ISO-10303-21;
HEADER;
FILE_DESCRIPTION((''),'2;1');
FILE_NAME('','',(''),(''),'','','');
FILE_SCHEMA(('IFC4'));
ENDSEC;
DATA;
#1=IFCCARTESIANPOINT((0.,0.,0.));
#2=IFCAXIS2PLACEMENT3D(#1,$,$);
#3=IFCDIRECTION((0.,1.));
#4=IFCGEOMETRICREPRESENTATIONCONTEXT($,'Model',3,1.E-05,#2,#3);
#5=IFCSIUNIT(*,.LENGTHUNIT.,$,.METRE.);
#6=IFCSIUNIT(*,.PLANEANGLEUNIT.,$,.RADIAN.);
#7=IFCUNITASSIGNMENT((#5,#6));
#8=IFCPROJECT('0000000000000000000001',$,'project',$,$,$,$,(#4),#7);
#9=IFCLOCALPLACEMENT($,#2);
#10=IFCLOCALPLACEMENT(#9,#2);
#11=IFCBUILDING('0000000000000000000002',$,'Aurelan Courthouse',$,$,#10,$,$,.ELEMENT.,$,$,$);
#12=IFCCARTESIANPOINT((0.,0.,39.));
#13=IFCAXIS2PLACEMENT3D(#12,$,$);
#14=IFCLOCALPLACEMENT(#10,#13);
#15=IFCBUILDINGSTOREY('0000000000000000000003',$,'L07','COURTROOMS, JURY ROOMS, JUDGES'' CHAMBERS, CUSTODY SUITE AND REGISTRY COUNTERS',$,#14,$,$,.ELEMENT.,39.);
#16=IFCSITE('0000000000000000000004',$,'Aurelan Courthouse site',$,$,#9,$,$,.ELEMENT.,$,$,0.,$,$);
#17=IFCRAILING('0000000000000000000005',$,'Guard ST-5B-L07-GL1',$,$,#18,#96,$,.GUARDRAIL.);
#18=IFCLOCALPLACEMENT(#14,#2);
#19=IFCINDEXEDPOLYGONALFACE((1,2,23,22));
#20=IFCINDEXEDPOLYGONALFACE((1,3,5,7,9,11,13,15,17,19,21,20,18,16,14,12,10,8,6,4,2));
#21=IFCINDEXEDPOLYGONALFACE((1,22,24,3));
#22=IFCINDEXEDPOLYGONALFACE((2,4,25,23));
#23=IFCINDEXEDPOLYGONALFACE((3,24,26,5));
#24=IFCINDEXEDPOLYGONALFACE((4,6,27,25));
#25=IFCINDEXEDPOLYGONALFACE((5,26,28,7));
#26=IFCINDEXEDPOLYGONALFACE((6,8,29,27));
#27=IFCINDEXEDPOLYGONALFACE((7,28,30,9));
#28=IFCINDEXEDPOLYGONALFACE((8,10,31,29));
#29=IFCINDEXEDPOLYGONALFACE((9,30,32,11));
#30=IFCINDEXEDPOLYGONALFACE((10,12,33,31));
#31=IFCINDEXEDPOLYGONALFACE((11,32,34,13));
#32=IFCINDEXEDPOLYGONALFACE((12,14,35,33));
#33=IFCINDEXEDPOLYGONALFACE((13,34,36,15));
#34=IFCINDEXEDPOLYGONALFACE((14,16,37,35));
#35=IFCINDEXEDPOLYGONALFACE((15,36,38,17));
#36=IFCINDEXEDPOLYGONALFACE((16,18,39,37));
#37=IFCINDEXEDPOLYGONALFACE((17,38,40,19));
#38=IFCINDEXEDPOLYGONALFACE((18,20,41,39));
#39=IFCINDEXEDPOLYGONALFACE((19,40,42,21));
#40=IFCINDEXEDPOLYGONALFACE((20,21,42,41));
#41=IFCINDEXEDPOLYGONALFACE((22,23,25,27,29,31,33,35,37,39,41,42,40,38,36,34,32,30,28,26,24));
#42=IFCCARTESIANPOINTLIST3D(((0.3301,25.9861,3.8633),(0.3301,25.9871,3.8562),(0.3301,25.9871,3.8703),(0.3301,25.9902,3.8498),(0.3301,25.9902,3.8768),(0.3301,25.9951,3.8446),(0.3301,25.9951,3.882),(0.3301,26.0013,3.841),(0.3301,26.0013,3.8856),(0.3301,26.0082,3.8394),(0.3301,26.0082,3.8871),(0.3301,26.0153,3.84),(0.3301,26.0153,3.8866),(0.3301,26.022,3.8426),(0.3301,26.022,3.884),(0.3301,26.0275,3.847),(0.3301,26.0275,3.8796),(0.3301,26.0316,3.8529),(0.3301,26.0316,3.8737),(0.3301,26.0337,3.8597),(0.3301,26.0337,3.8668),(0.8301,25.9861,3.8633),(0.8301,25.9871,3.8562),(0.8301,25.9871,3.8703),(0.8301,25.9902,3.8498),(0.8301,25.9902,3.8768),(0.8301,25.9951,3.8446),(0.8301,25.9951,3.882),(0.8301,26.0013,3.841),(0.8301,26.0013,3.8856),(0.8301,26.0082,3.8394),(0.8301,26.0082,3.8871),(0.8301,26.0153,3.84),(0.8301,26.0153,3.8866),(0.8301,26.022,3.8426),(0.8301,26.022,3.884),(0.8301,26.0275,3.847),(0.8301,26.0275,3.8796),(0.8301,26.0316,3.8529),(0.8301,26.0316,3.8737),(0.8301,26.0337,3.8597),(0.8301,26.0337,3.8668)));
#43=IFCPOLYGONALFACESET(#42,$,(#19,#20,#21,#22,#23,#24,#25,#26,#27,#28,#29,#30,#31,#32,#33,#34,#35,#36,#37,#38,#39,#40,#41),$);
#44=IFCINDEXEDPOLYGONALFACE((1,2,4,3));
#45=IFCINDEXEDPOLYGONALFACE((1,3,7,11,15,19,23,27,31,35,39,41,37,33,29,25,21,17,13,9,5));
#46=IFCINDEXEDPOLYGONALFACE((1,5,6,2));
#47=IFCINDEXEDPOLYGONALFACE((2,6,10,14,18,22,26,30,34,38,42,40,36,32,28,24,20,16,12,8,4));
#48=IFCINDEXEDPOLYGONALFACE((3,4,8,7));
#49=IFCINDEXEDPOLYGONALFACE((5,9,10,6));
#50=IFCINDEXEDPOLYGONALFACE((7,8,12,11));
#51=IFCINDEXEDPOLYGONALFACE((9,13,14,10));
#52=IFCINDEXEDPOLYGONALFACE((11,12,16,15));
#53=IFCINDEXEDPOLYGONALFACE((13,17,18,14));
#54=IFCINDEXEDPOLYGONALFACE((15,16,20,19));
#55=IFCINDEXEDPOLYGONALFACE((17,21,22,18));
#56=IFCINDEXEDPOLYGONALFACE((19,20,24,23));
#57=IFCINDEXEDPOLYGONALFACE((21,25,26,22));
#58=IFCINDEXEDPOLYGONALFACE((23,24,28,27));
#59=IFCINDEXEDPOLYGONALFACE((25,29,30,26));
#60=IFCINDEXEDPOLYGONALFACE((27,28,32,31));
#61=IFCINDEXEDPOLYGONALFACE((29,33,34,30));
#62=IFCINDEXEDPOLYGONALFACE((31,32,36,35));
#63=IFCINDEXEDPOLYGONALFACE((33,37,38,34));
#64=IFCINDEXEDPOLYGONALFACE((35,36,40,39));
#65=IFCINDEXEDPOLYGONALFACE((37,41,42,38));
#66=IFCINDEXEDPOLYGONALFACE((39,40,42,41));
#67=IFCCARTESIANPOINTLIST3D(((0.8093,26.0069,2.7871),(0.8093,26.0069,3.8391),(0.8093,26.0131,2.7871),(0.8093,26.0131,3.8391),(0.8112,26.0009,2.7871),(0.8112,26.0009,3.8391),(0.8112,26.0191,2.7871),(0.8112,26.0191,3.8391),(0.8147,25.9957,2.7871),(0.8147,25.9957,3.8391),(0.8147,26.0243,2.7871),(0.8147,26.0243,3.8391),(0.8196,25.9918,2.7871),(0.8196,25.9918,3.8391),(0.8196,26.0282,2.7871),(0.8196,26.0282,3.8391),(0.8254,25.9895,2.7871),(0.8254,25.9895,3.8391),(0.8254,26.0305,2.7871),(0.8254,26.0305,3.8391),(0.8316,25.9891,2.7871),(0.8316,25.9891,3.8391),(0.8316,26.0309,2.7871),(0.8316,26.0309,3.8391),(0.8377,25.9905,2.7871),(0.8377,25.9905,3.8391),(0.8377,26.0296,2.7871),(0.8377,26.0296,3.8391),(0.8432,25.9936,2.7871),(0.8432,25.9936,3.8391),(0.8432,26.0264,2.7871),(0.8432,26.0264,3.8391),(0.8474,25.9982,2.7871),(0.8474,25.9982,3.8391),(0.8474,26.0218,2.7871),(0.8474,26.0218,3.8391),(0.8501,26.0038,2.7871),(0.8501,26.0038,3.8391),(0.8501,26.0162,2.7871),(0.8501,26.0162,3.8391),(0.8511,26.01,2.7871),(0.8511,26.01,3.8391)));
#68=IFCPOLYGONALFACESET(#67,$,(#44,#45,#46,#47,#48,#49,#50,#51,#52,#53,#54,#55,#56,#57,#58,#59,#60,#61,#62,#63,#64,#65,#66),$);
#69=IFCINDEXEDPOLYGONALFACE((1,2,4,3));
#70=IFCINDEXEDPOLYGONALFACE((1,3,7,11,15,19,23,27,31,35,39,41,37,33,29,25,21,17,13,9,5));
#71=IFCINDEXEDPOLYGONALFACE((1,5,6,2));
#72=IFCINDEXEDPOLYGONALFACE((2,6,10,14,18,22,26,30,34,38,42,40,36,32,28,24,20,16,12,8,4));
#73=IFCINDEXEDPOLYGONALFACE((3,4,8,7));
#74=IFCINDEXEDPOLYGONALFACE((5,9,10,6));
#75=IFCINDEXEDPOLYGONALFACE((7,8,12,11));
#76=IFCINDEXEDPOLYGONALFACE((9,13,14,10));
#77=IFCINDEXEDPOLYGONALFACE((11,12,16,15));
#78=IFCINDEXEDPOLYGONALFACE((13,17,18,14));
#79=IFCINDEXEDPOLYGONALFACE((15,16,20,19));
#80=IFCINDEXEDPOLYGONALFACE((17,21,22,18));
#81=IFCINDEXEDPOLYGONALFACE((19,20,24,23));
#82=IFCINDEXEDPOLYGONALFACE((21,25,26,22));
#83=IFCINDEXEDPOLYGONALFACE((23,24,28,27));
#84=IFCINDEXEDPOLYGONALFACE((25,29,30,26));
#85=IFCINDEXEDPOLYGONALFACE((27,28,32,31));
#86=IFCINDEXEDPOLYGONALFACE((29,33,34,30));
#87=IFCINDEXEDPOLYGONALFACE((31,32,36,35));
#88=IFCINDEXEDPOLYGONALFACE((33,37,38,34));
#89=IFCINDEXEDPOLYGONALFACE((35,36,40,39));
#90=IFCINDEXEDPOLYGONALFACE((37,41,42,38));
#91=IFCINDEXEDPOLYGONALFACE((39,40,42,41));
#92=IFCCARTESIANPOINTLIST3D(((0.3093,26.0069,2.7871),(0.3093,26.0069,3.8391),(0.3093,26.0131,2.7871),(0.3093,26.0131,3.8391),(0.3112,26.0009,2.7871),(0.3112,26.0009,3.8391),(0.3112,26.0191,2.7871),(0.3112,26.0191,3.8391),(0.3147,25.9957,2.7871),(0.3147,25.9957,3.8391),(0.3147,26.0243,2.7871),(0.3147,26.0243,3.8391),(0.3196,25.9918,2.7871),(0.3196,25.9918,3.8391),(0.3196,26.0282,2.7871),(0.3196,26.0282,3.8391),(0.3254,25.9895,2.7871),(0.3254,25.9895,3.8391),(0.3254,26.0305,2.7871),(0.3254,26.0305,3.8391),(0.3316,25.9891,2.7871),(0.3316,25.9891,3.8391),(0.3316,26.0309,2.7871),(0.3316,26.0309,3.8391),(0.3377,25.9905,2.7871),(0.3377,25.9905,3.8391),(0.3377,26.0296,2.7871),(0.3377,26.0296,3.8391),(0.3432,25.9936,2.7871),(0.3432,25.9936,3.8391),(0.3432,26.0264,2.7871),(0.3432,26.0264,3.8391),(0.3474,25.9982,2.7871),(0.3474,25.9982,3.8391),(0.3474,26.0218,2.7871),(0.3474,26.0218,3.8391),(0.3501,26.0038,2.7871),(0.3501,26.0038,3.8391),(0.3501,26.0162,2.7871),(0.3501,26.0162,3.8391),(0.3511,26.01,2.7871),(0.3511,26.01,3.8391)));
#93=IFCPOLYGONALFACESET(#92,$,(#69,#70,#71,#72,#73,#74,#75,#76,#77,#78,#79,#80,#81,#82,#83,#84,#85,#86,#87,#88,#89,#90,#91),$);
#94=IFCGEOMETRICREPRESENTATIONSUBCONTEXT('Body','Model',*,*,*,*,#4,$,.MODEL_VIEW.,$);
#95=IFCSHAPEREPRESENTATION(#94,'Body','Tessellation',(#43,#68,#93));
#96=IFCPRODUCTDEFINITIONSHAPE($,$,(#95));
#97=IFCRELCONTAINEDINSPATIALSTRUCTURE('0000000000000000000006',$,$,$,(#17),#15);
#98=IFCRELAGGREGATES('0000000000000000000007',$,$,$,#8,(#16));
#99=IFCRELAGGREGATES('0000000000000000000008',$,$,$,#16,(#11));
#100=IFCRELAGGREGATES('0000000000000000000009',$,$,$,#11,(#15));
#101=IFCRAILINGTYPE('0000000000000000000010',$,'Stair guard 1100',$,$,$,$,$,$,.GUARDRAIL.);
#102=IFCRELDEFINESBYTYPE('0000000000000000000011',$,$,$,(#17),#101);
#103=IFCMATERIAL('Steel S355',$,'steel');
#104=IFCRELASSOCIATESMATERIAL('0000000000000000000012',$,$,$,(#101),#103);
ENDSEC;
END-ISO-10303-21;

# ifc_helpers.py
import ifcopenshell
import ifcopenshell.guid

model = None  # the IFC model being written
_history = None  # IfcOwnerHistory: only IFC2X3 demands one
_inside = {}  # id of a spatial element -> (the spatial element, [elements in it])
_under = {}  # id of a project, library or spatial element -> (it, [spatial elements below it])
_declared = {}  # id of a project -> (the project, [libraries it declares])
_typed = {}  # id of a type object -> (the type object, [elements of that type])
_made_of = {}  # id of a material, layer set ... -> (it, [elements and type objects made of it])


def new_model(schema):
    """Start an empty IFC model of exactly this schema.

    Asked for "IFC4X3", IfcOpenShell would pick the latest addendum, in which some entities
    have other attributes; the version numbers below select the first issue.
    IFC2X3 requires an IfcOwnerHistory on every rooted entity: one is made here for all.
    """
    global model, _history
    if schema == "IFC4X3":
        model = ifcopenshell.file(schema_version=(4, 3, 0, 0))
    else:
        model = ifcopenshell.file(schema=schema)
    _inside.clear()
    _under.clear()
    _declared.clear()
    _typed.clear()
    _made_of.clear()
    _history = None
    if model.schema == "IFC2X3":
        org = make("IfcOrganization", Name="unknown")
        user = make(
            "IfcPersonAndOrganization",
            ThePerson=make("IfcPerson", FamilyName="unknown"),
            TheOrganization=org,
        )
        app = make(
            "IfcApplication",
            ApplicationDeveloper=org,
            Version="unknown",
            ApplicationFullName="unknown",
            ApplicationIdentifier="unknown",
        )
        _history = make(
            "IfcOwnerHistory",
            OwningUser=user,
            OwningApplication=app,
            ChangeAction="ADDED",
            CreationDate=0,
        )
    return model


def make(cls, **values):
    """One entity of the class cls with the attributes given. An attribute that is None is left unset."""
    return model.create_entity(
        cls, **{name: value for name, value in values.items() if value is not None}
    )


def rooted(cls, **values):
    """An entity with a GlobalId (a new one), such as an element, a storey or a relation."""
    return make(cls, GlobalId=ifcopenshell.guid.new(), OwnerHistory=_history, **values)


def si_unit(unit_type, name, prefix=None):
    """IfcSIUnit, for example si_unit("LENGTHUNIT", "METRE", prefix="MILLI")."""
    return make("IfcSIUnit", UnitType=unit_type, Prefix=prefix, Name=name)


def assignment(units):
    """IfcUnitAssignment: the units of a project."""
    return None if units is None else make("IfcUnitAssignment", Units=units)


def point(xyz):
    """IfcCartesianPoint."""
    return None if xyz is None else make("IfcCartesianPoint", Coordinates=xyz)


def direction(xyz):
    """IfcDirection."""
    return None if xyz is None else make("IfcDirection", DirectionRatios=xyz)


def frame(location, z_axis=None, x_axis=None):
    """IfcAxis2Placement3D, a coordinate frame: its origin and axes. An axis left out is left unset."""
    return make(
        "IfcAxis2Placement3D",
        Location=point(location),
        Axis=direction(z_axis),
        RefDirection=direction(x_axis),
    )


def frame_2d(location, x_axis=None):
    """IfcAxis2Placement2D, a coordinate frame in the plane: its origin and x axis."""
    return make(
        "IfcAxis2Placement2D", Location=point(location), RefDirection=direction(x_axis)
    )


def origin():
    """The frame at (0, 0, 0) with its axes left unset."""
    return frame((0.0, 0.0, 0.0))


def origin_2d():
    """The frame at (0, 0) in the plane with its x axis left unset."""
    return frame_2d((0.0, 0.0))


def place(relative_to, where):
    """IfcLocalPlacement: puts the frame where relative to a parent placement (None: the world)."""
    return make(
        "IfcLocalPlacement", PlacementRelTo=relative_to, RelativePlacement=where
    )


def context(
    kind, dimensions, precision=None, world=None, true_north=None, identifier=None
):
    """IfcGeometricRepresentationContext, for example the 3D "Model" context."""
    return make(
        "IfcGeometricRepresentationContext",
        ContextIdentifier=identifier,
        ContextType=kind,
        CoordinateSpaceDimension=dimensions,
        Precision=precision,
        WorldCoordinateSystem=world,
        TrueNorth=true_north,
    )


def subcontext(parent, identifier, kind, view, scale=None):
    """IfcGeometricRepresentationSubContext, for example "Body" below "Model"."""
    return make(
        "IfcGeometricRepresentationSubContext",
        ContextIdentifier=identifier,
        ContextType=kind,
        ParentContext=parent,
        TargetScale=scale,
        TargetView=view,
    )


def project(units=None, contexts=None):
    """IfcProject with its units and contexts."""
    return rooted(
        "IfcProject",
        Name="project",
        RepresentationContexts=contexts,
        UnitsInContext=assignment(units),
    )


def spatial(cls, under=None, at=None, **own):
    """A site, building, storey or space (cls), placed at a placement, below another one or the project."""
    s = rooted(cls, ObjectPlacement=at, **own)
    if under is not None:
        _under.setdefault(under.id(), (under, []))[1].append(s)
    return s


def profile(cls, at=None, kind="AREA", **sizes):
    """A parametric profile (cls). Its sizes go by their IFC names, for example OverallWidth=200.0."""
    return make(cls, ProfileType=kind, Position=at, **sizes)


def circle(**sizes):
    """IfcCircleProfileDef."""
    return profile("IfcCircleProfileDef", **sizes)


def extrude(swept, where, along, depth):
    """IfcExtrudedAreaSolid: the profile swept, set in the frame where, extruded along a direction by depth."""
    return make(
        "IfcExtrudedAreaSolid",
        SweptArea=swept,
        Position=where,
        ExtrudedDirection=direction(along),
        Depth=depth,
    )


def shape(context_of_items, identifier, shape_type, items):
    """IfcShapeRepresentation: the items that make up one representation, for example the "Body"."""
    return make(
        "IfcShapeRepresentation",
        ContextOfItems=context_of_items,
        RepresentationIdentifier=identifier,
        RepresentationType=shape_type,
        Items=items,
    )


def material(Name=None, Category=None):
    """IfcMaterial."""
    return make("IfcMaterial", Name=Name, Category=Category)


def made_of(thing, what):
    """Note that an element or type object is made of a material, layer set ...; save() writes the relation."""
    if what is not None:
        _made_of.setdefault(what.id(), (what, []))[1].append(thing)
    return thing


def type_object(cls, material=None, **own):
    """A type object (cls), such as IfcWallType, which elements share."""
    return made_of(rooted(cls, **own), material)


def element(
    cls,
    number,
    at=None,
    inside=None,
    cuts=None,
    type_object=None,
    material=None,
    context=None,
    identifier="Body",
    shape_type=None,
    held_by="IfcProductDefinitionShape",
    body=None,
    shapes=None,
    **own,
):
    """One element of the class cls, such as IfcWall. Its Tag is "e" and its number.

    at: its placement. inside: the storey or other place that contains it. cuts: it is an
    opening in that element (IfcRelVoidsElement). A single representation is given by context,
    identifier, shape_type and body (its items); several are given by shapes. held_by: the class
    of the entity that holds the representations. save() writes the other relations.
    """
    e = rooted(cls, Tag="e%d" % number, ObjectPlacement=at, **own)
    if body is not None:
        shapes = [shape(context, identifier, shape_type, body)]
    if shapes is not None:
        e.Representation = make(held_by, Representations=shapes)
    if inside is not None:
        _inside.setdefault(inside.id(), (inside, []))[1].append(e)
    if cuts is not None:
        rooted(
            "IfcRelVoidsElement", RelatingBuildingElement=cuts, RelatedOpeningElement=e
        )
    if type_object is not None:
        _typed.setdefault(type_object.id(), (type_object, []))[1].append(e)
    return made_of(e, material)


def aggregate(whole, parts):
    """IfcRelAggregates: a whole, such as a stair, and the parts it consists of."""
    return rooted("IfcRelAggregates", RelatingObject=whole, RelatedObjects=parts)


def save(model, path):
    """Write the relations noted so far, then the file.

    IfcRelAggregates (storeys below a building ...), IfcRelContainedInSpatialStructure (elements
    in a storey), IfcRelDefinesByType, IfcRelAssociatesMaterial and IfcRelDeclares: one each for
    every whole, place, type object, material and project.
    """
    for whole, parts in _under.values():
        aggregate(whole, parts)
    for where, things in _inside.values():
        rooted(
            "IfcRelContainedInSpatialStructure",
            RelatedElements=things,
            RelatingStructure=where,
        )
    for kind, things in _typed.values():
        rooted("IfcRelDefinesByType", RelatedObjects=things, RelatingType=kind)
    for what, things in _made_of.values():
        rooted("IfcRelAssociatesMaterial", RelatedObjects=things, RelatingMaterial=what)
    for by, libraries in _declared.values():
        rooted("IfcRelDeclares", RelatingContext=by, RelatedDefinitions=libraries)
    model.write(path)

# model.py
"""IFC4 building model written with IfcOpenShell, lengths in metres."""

from ifc_helpers import new_model, si_unit, direction, frame, origin, origin_2d, place, context, subcontext, project, spatial, circle, extrude, material, type_object, element, save


model = new_model("IFC4")

# Units and contexts
model_context = context("Model", 3, precision=1e-05, world=origin(), true_north=direction((0.0, 1.0)))
body_context = subcontext(model_context, "Body", "Model", "MODEL_VIEW")
ifc_project = project(units=[si_unit("LENGTHUNIT", "METRE"), si_unit("PLANEANGLEUNIT", "RADIAN")], contexts=[model_context])

# Site, building, storey
site_placement = place(None, origin())
site = spatial("IfcSite", under=ifc_project, at=site_placement, Name="Aurelan Courthouse site", CompositionType="ELEMENT", RefElevation=0.0)
building_placement = place(site_placement, origin())
building = spatial("IfcBuilding", under=site, at=building_placement, Name="Aurelan Courthouse", CompositionType="ELEMENT")
storey_placement = place(building_placement, frame((0.0, 0.0, 39.0)))
storey = spatial("IfcBuildingStorey", under=building, at=storey_placement, Name="L07", Description="COURTROOMS, JURY ROOMS, JUDGES' CHAMBERS, CUSTODY SUITE AND REGISTRY COUNTERS", CompositionType="ELEMENT", Elevation=39.0)

# Railing
ifc_material_1 = material(Name="Steel S355", Category="steel")
railing_type_1 = type_object("IfcRailingType", Name="Stair guard 1100", PredefinedType="GUARDRAIL", material=ifc_material_1)
railing_1_placement = place(storey_placement, frame((0.8301, 26.01, 2.7871)))
element("IfcRailing", 1, at=railing_1_placement, inside=storey, type_object=railing_type_1, Name="Guard ST-5B-L07-GL1", PredefinedType="GUARDRAIL", context=body_context, shape_type="SweptSolid", body=[
    extrude(circle(Radius=0.0239, at=origin_2d()), frame((0.0, 0.0, 1.0762), z_axis=(-1.0, 0.0, 0.0), x_axis=(0.0, -1.0, 0.0)), (0.0, 0.0, 1.0), 0.5),
    extrude(circle(Radius=0.021, at=origin_2d()), origin(), (0.0, 0.0, 1.0), 1.052),
    extrude(circle(Radius=0.021, at=origin_2d()), frame((-0.5, 0.0, 0.0)), (0.0, 0.0, 1.0), 1.052),
])

save(model, "model.ifc")
